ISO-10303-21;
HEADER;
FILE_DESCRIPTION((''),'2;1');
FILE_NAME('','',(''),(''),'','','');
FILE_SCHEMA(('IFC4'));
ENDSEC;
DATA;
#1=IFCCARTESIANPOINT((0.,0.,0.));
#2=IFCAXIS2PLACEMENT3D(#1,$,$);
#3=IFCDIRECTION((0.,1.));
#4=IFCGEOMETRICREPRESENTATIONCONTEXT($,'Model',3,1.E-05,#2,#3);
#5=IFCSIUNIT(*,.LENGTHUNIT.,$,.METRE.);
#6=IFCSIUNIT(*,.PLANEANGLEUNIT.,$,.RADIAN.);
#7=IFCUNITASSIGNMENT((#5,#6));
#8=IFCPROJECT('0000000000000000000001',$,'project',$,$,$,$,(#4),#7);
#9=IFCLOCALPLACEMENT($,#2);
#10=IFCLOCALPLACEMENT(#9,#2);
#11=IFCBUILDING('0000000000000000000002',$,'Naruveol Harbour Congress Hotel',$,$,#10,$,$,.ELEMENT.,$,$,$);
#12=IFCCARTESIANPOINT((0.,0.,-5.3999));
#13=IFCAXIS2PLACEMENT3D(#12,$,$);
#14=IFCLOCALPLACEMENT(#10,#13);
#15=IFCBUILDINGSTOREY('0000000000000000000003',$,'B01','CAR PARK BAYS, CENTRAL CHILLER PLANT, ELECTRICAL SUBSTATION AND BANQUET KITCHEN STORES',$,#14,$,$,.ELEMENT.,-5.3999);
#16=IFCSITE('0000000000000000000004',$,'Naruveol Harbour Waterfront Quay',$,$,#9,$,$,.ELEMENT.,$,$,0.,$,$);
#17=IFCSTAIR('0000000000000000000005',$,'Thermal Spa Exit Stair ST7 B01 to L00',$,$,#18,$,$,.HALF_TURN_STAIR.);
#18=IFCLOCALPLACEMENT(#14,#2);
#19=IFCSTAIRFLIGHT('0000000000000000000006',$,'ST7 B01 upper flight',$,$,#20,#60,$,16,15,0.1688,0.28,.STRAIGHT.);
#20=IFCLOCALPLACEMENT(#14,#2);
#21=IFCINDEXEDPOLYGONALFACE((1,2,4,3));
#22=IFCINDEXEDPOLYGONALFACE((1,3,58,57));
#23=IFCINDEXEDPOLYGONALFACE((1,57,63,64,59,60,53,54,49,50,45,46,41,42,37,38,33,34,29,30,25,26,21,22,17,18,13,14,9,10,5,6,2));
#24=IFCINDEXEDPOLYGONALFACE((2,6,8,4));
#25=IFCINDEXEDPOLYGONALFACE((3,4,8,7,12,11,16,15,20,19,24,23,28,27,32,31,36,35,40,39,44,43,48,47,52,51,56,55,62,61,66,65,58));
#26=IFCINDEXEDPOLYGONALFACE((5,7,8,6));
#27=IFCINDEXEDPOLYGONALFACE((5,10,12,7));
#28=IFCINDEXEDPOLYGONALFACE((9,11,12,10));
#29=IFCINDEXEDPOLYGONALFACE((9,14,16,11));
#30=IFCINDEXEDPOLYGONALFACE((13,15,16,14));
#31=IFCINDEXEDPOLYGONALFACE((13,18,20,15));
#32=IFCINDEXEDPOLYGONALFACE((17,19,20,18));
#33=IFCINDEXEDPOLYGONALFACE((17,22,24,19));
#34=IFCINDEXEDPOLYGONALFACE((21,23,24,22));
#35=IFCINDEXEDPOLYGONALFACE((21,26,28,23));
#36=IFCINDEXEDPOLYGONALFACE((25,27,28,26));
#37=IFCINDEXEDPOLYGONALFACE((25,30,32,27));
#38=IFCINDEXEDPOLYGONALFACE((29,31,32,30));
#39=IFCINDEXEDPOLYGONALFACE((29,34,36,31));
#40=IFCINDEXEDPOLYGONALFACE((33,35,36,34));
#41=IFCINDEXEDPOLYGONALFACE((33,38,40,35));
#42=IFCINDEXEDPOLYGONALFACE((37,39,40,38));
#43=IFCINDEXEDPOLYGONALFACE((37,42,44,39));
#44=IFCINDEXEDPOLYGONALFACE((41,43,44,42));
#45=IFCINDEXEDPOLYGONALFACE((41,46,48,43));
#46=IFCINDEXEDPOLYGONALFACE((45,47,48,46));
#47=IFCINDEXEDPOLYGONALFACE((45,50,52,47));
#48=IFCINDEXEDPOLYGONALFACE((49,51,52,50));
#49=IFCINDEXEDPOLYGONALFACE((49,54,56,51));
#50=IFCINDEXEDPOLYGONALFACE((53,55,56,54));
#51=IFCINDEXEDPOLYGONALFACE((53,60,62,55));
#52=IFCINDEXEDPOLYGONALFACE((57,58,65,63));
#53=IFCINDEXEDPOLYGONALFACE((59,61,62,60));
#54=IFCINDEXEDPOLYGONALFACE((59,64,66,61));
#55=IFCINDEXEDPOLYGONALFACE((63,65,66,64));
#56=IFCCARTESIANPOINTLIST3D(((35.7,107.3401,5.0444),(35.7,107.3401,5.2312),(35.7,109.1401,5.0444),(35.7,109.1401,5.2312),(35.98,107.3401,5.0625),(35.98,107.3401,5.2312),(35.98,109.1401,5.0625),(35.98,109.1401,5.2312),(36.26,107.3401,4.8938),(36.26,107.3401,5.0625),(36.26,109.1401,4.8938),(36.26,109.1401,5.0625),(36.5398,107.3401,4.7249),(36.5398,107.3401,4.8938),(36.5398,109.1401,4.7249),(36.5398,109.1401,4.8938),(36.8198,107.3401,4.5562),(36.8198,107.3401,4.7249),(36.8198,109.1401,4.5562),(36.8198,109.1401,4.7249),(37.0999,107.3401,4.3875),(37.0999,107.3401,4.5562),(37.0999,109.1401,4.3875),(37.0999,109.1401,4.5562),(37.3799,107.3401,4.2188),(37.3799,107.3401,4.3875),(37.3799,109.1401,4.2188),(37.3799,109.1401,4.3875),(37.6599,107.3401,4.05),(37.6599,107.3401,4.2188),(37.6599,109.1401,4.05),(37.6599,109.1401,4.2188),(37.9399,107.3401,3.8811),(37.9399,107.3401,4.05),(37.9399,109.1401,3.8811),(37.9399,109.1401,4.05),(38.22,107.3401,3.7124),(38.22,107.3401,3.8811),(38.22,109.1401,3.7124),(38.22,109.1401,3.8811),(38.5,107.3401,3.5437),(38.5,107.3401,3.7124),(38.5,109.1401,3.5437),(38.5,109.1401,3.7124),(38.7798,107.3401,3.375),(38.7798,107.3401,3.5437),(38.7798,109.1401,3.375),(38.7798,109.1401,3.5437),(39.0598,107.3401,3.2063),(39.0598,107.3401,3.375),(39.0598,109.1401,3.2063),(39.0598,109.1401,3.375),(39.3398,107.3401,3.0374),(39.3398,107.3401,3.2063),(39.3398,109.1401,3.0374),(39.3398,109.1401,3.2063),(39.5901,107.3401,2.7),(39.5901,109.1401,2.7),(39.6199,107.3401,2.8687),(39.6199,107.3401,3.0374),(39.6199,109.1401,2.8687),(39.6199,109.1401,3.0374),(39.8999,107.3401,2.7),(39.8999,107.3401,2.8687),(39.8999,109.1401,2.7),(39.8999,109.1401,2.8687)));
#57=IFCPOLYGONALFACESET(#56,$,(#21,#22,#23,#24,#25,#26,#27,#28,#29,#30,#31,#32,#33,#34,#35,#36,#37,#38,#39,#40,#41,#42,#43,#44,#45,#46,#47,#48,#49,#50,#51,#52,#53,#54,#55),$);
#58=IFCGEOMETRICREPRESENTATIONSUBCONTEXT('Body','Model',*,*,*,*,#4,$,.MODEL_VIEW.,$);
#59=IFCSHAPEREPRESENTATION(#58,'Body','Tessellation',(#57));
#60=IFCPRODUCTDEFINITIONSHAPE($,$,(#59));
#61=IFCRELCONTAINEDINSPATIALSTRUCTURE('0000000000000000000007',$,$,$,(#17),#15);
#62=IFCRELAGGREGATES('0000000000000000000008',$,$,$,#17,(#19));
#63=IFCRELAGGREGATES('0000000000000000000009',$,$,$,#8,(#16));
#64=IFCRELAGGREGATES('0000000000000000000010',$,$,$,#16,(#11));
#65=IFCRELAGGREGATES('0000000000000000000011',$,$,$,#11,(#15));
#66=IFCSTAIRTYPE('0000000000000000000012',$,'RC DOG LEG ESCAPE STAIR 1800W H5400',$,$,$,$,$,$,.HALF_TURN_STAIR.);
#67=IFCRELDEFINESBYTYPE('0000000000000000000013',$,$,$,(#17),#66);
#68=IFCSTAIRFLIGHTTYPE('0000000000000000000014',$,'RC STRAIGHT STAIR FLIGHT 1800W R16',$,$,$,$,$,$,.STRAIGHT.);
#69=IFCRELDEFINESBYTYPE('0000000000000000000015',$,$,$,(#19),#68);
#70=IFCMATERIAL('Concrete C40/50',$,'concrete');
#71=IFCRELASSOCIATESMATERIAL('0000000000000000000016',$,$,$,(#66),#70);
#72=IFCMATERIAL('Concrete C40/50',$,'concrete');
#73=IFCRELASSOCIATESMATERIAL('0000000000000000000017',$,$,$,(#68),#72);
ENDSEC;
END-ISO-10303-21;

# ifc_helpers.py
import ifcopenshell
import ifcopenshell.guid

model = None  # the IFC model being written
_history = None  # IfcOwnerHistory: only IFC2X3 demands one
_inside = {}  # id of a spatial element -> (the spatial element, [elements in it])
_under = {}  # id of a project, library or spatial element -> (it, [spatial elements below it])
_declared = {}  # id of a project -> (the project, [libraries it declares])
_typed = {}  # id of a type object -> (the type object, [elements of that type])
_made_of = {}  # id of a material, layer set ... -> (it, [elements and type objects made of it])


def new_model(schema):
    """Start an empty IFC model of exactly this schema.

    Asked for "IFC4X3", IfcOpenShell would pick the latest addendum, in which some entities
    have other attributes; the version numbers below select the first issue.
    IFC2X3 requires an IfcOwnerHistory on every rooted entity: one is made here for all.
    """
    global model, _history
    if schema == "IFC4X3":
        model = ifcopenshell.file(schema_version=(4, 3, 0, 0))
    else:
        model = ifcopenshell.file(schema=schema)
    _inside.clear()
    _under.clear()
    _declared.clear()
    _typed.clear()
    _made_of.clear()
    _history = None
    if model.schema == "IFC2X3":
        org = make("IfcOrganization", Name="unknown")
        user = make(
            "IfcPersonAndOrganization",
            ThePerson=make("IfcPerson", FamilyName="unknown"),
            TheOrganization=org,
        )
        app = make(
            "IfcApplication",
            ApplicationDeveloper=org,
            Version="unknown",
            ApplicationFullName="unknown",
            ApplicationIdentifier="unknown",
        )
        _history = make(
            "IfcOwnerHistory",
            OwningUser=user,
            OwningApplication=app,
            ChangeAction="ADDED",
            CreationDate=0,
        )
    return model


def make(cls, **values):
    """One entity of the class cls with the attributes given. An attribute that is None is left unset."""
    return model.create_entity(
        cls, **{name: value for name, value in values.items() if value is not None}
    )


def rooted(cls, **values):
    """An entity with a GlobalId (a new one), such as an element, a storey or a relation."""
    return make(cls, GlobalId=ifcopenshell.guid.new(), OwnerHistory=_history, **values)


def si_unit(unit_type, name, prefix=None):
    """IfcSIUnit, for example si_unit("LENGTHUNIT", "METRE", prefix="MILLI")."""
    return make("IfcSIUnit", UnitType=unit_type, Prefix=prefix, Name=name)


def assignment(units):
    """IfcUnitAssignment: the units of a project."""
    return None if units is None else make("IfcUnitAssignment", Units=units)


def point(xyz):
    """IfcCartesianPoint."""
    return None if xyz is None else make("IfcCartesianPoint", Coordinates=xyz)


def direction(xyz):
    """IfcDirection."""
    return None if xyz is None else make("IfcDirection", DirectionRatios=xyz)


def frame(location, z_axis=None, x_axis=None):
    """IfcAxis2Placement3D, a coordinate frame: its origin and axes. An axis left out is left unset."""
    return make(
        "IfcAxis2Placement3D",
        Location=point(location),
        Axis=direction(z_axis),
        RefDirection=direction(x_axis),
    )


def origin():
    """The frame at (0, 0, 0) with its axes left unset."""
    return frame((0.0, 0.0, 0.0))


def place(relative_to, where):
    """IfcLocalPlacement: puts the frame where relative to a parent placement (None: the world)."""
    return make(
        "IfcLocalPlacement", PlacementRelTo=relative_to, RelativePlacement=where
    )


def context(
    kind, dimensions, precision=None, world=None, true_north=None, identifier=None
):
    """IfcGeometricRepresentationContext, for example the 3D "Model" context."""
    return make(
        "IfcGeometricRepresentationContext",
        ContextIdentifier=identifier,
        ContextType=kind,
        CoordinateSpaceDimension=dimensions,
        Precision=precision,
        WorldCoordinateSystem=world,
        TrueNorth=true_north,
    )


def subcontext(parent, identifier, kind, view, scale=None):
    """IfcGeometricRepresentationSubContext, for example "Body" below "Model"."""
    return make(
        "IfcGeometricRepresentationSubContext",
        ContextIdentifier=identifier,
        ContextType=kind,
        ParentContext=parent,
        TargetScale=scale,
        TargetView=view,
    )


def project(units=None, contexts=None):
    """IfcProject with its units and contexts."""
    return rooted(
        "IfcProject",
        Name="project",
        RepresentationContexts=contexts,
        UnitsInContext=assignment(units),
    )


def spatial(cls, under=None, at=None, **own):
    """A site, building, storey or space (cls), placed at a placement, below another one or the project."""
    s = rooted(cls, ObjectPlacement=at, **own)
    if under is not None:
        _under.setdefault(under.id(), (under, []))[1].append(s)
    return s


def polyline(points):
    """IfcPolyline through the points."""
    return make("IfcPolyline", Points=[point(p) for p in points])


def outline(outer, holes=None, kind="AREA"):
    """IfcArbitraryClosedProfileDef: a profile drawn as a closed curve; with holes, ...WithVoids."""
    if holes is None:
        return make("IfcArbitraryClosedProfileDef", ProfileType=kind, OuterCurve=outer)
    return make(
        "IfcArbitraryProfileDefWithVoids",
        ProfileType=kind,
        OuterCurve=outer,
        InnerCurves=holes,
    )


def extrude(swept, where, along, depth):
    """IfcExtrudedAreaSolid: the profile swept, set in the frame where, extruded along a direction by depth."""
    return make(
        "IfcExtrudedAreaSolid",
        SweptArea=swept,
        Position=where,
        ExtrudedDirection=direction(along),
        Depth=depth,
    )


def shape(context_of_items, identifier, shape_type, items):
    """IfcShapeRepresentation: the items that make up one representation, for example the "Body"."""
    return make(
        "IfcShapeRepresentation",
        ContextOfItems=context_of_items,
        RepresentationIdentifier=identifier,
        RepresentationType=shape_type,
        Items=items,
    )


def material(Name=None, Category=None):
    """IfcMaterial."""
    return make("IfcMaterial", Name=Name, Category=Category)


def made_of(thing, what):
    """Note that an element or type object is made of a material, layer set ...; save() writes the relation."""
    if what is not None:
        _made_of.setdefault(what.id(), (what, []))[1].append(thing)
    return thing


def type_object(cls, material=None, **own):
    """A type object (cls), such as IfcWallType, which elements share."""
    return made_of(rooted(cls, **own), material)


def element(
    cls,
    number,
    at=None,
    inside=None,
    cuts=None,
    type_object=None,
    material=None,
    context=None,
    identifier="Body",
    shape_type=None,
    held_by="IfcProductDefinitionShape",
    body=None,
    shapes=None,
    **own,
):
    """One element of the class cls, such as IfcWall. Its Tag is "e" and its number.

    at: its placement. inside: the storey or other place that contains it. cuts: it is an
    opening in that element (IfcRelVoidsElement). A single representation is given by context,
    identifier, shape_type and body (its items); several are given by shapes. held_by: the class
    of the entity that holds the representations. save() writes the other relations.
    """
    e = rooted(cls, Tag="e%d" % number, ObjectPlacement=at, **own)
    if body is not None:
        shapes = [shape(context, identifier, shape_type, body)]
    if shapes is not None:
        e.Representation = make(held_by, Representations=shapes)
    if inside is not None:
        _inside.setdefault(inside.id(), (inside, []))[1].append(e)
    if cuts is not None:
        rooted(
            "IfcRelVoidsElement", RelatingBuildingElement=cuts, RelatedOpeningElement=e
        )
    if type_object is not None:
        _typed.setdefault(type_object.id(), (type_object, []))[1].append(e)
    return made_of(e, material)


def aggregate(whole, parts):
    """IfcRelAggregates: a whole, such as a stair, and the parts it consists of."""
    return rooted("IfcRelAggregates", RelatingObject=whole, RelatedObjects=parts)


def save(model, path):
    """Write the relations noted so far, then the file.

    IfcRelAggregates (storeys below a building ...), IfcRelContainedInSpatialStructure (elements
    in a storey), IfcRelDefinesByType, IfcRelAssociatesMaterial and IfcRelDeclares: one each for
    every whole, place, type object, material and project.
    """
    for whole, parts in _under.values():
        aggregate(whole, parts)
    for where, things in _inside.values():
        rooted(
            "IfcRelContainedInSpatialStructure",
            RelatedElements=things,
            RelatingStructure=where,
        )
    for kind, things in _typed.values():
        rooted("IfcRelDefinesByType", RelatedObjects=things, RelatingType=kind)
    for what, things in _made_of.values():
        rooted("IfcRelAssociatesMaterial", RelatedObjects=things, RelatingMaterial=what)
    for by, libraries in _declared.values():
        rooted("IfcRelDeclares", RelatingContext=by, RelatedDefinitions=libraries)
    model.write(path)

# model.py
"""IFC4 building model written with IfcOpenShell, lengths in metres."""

from ifc_helpers import new_model, si_unit, direction, frame, origin, place, context, subcontext, project, spatial, polyline, outline, extrude, material, type_object, element, aggregate, save


model = new_model("IFC4")

# Units and contexts
model_context = context("Model", 3, precision=1e-05, world=origin(), true_north=direction((0.0, 1.0)))
body_context = subcontext(model_context, "Body", "Model", "MODEL_VIEW")
ifc_project = project(units=[si_unit("LENGTHUNIT", "METRE"), si_unit("PLANEANGLEUNIT", "RADIAN")], contexts=[model_context])

# Site, building, storey
site_placement = place(None, origin())
site = spatial("IfcSite", under=ifc_project, at=site_placement, Name="Naruveol Harbour Waterfront Quay", CompositionType="ELEMENT", RefElevation=0.0)
building_placement = place(site_placement, origin())
building = spatial("IfcBuilding", under=site, at=building_placement, Name="Naruveol Harbour Congress Hotel", CompositionType="ELEMENT")
storey_placement = place(building_placement, frame((0.0, 0.0, -5.3999)))
storey = spatial("IfcBuildingStorey", under=building, at=storey_placement, Name="B01", Description="CAR PARK BAYS, CENTRAL CHILLER PLANT, ELECTRICAL SUBSTATION AND BANQUET KITCHEN STORES", CompositionType="ELEMENT", Elevation=-5.3999)

# Stair, stair flight
ifc_material_1 = material(Name="Concrete C40/50", Category="concrete")
stair_type = type_object("IfcStairType", Name="RC DOG LEG ESCAPE STAIR 1800W H5400", PredefinedType="HALF_TURN_STAIR", material=ifc_material_1)
stair_placement = place(storey_placement, origin())
stair = element("IfcStair", 1, at=stair_placement, inside=storey, type_object=stair_type, Name="Thermal Spa Exit Stair ST7 B01 to L00", PredefinedType="HALF_TURN_STAIR")
ifc_material_2 = material(Name="Concrete C40/50", Category="concrete")
stair_flight_type = type_object("IfcStairFlightType", Name="RC STRAIGHT STAIR FLIGHT 1800W R16", PredefinedType="STRAIGHT", material=ifc_material_2)
stair_flight_placement = place(storey_placement, frame((39.8999, 108.24, 2.7), z_axis=(0.0, 0.0, 1.0), x_axis=(-1.0, 0.0, 0.0)))
stair_flight = element("IfcStairFlight", 2, at=stair_flight_placement, type_object=stair_flight_type, Name="ST7 B01 upper flight", NumberOfRisers=16, NumberOfTreads=15, PredefinedType="STRAIGHT", RiserHeight=0.1688, TreadLength=0.28, context=body_context, shape_type="SweptSolid", body=[
    extrude(outline(polyline([(0.0, 0.0), (0.0, 0.1687), (0.28, 0.1687), (0.28, 0.3374), (0.5601, 0.3374), (0.5601, 0.5063), (0.8401, 0.5063), (0.8401, 0.675), (1.1201, 0.675), (1.1201, 0.8438), (1.3999, 0.8438), (1.3999, 1.0125), (1.6799, 1.0125), (1.6799, 1.1812), (1.96, 1.1812), (1.96, 1.3501), (2.24, 1.3501), (2.24, 1.5188), (2.52, 1.5188), (2.52, 1.6875), (2.8, 1.6875), (2.8, 1.8562), (3.0801, 1.8562), (3.0801, 2.0249), (3.3601, 2.0249), (3.3601, 2.1938), (3.6399, 2.1938), (3.6399, 2.3625), (3.9199, 2.3625), (3.9199, 2.5312), (4.2, 2.5312), (4.2, 2.7), (4.2, 2.3445), (0.3098, 0.0), (0.0, 0.0)])), frame((0.0, 0.8999, 0.0), z_axis=(0.0, -1.0, 0.0), x_axis=(1.0, 0.0, 0.0)), (0.0, 0.0, 1.0), 1.8),
])
aggregate(stair, [stair_flight])

save(model, "model.ifc")
